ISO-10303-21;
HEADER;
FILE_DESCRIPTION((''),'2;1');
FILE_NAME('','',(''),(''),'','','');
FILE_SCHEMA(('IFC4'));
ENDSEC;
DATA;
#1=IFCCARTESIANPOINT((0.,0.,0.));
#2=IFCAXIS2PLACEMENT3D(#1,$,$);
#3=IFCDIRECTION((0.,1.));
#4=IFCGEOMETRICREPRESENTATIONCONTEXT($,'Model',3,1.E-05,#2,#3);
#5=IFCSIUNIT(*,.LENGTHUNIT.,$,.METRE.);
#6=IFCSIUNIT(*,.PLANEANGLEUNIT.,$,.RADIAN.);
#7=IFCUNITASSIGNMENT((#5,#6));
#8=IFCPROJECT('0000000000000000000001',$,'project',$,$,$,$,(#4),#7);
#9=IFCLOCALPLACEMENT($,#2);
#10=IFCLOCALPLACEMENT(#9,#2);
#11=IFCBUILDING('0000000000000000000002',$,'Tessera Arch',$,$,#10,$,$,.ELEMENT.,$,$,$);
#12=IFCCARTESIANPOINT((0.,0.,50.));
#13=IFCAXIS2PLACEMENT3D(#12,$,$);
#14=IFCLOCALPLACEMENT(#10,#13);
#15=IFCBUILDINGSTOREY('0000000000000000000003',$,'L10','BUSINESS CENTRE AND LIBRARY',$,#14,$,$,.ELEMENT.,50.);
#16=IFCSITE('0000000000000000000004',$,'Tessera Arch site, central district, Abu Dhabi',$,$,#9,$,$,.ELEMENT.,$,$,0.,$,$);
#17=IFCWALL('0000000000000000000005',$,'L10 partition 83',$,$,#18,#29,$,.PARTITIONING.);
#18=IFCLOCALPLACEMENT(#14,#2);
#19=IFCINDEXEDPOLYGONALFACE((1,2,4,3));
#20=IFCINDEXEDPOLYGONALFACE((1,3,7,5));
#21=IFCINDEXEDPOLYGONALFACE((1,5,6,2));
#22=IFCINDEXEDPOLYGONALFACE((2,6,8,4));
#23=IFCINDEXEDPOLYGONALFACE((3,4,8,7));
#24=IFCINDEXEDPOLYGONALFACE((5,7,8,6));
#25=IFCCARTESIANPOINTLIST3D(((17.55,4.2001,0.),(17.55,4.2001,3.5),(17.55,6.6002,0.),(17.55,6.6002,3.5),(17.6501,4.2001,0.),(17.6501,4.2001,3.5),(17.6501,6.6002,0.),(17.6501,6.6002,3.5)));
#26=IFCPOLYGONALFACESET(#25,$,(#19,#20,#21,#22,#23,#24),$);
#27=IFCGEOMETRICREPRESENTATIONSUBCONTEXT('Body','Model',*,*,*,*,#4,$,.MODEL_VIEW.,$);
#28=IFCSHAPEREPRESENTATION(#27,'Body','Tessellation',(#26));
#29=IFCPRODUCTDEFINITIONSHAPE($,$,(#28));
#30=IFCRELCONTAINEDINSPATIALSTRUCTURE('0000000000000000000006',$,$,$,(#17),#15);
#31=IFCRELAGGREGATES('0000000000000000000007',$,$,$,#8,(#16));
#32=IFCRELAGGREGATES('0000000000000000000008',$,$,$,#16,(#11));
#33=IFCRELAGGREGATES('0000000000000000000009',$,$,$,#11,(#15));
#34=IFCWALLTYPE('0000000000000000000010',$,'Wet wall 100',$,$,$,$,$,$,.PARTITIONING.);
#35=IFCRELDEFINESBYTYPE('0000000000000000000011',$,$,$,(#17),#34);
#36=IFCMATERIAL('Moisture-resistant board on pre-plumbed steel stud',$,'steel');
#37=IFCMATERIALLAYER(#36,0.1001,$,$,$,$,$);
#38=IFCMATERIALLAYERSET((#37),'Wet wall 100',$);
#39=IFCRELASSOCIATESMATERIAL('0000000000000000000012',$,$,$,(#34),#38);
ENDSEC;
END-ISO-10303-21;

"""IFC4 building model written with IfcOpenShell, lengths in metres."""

from ifc_helpers import new_model, si_unit, direction, frame, frame_2d, origin, place, context, subcontext, project, spatial, rectangle, extrude, material, layer, layer_set, type_object, element, save


model = new_model("IFC4")

# Units and contexts
model_context = context("Model", 3, precision=1e-05, world=origin(), true_north=direction((0.0, 1.0)))
body_context = subcontext(model_context, "Body", "Model", "MODEL_VIEW")
ifc_project = project(units=[si_unit("LENGTHUNIT", "METRE"), si_unit("PLANEANGLEUNIT", "RADIAN")], contexts=[model_context])

# Site, building, storey
site_placement = place(None, origin())
site = spatial("IfcSite", under=ifc_project, at=site_placement, Name="Tessera Arch site, central district, Abu Dhabi", CompositionType="ELEMENT", RefElevation=0.0)
building_placement = place(site_placement, origin())
building = spatial("IfcBuilding", under=site, at=building_placement, Name="Tessera Arch", CompositionType="ELEMENT")
storey_placement = place(building_placement, frame((0.0, 0.0, 50.0)))
storey = spatial("IfcBuildingStorey", under=building, at=storey_placement, Name="L10", Description="BUSINESS CENTRE AND LIBRARY", CompositionType="ELEMENT", Elevation=50.0)

# Shared definitions
ifc_material_1 = material(Name="Moisture-resistant board on pre-plumbed steel stud", Category="steel")
ifc_layer_1 = layer(ifc_material_1, 0.1001)
ifc_layer_set_1 = layer_set([ifc_layer_1], Name="Wet wall 100")
wall_type_1 = type_object("IfcWallType", Name="Wet wall 100", PredefinedType="PARTITIONING", material=ifc_layer_set_1)

# Wall
wall_1_placement = place(storey_placement, frame((17.6001, 4.2, 0.0), z_axis=(0.0, 0.0, 1.0), x_axis=(0.0, 1.0, 0.0)))
element("IfcWall", 1, at=wall_1_placement, inside=storey, type_object=wall_type_1, Name="L10 partition 83", PredefinedType="PARTITIONING", context=body_context, shape_type="SweptSolid", body=[
    extrude(rectangle(XDim=2.4001, YDim=0.1001, at=frame_2d((1.2002, 0.0))), origin(), (0.0, 0.0, 1.0), 3.5),
])

save(model, "model.ifc")
